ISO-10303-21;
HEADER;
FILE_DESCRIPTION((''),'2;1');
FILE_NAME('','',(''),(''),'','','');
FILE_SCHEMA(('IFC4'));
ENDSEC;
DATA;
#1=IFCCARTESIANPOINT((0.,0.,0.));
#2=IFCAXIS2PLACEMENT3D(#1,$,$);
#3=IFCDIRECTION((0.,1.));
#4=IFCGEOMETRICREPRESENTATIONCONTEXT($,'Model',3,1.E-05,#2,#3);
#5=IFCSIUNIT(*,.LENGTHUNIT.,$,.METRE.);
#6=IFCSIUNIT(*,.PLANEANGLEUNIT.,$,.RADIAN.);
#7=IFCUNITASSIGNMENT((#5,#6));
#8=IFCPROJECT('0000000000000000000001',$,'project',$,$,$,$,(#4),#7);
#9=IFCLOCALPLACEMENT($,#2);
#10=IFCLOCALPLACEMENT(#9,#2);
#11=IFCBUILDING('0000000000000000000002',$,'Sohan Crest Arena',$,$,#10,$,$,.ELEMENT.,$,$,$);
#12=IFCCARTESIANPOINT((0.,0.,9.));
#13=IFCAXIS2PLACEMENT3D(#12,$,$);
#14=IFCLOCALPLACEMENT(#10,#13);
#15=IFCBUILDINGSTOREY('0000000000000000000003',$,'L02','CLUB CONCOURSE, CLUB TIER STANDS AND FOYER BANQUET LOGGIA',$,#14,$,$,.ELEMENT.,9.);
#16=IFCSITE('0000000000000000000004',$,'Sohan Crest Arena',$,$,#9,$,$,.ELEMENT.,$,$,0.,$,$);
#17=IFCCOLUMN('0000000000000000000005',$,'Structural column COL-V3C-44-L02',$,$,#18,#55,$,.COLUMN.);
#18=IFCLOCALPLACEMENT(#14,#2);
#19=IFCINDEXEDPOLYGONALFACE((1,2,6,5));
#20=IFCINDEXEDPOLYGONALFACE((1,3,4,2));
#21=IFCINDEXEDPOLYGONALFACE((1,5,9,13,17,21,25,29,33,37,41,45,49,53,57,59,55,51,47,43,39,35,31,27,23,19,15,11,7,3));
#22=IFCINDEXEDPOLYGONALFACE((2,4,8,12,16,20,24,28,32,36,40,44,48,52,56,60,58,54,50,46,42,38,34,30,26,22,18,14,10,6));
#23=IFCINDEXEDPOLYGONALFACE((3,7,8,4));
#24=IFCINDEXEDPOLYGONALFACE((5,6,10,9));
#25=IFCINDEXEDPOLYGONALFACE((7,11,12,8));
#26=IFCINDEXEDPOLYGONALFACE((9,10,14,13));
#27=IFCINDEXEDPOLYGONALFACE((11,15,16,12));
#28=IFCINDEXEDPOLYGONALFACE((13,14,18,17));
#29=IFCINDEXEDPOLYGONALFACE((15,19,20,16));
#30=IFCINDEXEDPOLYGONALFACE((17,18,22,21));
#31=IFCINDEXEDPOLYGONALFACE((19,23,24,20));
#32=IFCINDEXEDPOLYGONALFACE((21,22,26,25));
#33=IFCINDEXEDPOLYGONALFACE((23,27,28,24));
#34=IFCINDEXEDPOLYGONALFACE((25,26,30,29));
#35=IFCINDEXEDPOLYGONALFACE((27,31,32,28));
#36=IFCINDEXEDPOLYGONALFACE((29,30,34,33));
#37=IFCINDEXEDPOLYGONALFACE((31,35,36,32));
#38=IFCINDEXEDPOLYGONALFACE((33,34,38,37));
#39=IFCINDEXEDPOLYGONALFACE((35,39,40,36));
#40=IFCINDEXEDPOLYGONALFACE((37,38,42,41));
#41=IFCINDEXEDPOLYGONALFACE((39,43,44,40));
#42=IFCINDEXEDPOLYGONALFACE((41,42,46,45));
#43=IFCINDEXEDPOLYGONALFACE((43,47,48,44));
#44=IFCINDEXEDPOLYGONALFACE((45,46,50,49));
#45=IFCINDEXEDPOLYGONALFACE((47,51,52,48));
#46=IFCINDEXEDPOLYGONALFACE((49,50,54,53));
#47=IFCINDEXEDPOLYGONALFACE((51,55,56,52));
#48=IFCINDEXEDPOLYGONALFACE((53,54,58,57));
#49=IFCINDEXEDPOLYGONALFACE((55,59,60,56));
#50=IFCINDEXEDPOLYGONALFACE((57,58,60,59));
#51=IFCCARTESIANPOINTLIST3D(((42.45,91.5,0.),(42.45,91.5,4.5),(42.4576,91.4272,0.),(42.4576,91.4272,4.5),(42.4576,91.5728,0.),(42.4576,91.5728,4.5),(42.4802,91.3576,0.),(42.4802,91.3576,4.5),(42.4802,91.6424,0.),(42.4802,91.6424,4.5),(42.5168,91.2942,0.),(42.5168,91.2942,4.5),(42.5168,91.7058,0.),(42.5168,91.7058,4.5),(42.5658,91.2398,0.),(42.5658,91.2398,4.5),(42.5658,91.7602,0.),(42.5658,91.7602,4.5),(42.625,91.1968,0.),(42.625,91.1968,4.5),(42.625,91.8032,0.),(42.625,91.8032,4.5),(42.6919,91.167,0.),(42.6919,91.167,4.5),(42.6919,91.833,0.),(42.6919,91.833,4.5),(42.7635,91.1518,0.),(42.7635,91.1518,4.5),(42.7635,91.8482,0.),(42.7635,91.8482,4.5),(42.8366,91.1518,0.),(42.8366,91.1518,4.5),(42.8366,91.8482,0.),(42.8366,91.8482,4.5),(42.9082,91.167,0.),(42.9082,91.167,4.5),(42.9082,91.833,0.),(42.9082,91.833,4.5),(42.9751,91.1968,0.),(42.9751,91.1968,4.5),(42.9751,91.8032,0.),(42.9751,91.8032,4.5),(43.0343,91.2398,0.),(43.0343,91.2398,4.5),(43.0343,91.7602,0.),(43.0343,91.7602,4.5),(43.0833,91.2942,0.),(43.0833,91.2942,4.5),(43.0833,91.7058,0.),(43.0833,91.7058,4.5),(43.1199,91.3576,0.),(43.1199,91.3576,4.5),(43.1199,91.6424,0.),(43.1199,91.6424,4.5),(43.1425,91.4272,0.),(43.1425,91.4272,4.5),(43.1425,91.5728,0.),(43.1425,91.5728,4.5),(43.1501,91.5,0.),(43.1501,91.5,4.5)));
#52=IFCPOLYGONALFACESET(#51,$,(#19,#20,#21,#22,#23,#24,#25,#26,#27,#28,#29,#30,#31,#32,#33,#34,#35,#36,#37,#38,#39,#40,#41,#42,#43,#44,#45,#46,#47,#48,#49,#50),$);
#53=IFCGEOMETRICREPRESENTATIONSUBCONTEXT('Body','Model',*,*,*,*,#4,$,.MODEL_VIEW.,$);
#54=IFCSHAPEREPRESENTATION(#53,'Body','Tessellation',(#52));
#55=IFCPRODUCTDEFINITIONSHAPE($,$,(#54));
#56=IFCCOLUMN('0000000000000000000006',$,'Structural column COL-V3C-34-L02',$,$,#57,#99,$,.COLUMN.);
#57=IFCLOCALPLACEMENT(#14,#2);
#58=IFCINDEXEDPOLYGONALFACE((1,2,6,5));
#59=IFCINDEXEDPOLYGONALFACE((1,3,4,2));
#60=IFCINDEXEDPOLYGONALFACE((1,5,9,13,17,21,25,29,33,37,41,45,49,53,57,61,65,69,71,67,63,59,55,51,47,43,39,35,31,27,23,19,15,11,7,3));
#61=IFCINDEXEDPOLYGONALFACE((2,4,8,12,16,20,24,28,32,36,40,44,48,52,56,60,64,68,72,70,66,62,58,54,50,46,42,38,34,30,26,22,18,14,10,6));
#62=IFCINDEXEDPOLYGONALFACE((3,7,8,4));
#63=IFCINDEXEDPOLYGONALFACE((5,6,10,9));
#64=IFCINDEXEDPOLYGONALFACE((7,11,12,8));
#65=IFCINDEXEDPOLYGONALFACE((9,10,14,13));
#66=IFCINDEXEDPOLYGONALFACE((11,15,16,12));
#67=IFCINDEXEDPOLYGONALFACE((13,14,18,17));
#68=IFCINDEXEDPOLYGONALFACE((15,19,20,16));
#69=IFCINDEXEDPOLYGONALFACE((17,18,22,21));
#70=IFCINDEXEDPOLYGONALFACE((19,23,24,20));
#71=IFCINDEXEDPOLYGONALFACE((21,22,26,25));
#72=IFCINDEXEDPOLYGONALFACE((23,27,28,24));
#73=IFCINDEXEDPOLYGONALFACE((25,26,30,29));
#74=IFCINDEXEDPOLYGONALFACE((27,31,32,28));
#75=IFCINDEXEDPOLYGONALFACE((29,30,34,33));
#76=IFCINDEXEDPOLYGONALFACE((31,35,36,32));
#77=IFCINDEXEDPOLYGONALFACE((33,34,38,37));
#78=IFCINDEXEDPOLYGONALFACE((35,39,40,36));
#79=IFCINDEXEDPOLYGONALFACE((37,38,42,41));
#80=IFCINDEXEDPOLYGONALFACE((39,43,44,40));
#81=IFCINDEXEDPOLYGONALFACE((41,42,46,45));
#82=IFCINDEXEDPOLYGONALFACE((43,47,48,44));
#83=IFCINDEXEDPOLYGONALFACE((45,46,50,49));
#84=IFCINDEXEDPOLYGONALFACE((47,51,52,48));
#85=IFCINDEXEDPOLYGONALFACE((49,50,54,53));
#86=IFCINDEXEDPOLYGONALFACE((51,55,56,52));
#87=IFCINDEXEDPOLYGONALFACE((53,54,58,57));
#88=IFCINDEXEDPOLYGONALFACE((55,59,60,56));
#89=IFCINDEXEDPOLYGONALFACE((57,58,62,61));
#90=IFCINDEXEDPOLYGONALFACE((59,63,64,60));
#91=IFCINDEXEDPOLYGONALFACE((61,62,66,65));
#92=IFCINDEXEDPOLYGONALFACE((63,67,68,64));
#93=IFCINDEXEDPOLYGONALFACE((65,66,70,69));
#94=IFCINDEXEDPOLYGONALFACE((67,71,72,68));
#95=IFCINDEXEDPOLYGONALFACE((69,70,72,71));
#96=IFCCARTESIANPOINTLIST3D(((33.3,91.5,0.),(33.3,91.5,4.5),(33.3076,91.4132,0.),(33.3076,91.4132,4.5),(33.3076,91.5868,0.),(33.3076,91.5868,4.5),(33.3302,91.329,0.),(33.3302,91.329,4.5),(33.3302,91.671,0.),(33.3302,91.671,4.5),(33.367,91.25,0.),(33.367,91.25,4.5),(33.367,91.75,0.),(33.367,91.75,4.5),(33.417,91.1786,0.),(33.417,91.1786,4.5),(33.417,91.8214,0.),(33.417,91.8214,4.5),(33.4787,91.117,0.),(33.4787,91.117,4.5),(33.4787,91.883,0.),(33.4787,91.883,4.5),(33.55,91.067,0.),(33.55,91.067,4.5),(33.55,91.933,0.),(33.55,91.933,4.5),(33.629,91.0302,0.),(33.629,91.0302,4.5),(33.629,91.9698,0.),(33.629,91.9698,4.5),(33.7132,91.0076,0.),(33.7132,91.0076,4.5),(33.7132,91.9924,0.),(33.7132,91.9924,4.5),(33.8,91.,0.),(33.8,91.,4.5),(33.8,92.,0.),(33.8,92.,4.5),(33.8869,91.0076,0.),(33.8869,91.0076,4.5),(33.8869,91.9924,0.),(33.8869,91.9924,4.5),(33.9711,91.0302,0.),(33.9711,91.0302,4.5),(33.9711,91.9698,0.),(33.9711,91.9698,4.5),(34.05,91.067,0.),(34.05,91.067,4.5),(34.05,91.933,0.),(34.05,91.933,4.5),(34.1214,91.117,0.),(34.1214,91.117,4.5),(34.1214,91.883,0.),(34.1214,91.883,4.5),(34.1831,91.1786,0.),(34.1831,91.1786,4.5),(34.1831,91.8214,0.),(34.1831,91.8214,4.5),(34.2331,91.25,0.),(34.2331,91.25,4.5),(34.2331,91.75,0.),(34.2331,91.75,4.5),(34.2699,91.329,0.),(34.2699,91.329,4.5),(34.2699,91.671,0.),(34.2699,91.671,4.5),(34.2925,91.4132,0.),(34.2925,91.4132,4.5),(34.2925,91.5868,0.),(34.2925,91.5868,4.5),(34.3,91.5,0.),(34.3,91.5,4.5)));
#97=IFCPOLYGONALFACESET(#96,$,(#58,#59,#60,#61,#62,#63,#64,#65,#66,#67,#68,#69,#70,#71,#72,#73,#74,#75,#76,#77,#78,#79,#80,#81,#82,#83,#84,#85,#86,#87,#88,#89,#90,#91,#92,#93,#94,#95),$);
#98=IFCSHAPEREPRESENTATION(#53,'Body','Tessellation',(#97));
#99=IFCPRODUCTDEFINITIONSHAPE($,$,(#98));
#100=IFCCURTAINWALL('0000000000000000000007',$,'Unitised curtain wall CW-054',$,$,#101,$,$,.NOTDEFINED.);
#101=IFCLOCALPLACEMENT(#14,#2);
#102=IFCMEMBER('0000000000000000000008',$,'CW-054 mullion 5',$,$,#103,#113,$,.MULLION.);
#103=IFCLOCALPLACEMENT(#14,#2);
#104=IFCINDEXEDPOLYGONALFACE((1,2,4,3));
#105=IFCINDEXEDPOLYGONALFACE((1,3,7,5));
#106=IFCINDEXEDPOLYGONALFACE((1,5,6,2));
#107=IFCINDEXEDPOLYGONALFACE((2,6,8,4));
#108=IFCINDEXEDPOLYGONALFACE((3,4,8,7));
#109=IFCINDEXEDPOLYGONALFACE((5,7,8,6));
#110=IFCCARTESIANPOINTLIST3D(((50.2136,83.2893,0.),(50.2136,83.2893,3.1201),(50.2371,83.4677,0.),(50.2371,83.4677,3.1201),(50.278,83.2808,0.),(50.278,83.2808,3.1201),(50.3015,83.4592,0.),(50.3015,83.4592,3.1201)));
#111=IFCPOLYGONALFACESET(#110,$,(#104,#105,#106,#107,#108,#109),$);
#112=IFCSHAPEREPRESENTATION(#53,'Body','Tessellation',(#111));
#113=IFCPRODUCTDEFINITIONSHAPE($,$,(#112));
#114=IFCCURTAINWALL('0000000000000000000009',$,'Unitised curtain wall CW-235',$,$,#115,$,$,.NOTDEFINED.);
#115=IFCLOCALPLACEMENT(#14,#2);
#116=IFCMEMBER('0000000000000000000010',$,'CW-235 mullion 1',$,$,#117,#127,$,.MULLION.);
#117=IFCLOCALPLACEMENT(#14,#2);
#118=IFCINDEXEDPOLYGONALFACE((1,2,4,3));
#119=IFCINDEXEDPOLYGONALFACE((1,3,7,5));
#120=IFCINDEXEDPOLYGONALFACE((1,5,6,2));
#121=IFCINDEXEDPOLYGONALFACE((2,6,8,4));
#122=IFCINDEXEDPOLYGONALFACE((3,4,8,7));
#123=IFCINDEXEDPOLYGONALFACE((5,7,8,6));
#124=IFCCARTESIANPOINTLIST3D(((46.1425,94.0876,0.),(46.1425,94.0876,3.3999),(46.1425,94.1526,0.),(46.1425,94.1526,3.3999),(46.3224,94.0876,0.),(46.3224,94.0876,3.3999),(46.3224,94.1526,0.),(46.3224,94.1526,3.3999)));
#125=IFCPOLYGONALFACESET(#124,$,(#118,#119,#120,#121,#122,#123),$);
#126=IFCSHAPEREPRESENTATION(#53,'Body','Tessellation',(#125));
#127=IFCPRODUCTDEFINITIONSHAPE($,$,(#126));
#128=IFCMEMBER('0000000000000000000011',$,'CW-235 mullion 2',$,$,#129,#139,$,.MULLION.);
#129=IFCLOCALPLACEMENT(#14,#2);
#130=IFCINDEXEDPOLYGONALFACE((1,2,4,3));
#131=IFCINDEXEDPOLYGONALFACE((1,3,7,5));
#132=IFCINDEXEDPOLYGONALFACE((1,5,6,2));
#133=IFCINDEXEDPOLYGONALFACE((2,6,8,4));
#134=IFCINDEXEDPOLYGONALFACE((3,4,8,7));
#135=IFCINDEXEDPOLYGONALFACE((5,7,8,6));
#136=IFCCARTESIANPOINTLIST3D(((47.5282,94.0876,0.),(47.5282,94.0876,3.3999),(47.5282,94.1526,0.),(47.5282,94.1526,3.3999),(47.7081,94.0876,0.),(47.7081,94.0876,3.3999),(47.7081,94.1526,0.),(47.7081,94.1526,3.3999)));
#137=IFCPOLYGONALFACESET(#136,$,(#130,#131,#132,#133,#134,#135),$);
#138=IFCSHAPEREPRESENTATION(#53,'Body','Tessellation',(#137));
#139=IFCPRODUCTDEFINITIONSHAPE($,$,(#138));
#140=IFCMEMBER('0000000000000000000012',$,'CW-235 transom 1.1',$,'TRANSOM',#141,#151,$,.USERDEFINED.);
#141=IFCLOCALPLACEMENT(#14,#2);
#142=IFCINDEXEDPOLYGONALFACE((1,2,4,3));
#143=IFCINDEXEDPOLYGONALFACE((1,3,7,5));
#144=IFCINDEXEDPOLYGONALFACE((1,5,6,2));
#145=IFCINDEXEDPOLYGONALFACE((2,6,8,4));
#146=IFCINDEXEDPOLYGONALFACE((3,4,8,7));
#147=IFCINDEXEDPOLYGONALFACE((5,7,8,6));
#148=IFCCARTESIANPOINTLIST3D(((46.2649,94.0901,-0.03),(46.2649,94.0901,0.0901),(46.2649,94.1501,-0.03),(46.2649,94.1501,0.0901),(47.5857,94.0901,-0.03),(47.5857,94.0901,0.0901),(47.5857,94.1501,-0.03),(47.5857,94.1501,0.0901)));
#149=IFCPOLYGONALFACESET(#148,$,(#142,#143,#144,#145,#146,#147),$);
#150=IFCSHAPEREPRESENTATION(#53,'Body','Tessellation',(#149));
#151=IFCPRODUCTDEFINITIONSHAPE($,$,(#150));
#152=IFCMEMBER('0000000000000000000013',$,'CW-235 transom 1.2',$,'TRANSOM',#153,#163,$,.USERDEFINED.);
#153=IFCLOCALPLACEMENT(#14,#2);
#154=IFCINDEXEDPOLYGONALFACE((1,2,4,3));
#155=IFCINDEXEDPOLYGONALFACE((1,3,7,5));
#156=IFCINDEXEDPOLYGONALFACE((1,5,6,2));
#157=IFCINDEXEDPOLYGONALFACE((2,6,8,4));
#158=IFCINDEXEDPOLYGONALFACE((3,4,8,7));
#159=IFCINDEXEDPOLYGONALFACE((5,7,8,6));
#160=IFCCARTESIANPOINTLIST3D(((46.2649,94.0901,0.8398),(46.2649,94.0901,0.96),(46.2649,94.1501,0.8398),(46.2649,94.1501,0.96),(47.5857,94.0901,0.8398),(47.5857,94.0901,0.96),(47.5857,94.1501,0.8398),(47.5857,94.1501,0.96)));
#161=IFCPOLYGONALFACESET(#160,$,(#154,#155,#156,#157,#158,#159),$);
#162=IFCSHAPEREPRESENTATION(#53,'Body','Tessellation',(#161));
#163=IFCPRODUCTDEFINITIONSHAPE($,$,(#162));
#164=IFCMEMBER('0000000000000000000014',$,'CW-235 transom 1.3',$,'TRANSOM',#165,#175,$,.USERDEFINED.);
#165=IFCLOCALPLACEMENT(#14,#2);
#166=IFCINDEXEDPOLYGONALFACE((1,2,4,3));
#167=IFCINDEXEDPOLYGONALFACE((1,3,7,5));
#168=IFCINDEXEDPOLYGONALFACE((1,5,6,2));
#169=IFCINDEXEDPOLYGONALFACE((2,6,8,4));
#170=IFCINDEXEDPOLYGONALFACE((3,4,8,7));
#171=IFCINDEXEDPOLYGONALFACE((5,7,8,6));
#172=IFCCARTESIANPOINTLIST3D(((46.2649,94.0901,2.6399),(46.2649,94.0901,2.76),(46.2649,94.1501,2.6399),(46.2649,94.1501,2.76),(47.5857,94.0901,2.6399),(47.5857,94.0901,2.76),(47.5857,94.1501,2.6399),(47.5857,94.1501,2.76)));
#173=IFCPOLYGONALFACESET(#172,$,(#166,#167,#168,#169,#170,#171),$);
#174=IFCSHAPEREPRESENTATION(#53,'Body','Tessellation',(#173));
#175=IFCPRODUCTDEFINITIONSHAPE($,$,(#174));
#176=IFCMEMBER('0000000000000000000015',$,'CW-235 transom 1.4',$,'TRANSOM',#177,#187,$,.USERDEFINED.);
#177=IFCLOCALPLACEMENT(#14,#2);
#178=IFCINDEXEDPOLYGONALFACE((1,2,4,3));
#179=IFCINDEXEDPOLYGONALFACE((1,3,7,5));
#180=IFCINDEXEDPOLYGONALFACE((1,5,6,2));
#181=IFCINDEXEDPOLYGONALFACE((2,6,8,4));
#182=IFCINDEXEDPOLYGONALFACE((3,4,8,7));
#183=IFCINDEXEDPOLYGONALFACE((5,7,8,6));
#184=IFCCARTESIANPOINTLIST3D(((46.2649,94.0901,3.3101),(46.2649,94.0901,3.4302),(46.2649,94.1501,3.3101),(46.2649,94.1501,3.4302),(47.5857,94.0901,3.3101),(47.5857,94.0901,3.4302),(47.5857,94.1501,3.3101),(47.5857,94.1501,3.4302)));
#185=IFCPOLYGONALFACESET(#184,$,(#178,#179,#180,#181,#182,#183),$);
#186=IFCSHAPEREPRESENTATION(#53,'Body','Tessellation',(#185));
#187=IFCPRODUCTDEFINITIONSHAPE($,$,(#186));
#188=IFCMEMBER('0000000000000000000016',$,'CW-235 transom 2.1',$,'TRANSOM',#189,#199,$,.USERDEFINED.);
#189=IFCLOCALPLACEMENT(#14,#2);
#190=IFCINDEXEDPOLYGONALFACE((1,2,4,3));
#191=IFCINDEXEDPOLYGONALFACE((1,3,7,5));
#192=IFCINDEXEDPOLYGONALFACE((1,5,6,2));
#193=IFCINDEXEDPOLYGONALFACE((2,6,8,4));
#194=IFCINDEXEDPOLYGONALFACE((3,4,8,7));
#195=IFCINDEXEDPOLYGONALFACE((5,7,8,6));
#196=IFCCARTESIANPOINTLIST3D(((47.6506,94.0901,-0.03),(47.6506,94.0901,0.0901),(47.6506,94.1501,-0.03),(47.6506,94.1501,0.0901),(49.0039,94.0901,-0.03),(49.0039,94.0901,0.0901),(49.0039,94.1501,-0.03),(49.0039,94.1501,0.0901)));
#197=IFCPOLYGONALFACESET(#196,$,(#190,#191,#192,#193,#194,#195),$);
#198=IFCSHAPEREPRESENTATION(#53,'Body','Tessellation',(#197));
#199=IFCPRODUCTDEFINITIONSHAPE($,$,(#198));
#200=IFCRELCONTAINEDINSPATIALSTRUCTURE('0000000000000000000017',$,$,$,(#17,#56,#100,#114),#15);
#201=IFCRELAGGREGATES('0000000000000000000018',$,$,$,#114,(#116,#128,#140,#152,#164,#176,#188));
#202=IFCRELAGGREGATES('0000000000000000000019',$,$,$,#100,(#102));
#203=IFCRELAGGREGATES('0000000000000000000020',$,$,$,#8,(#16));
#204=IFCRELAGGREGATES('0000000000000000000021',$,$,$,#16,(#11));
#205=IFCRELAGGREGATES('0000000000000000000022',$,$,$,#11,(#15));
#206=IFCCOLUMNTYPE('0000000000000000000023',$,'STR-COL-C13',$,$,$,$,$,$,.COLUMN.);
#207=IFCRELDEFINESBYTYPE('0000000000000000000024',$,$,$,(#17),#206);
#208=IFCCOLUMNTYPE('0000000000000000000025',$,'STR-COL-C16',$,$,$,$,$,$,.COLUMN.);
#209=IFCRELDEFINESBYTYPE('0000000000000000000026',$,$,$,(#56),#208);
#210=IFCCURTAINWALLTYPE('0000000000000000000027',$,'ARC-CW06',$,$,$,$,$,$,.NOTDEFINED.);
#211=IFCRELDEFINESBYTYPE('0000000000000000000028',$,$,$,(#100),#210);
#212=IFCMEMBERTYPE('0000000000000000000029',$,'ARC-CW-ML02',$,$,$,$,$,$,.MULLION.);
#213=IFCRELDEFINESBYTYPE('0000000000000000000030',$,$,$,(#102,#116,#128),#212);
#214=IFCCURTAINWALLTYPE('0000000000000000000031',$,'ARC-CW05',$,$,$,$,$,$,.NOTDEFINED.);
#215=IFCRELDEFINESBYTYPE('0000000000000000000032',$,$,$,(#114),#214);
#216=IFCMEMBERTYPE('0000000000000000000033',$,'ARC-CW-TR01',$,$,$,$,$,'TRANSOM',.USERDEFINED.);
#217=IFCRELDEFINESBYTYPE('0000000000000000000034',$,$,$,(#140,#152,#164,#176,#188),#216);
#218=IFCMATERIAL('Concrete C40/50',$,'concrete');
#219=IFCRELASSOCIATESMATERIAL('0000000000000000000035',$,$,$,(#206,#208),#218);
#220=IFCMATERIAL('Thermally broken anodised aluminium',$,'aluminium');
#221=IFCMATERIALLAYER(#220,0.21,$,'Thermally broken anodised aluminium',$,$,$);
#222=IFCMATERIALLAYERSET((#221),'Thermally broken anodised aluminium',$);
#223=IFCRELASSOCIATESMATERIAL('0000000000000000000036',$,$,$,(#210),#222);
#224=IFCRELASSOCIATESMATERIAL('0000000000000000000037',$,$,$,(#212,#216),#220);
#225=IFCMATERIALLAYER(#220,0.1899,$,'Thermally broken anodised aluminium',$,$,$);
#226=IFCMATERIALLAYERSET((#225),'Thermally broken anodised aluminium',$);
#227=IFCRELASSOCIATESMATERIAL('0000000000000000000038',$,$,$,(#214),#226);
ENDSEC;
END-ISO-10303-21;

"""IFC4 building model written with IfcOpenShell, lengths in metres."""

from ifc_helpers import new_model, si_unit, direction, frame, origin, origin_2d, place, context, subcontext, project, spatial, rectangle, circle, extrude, material, layer, layer_set, material_profile, profile_set, type_object, element, aggregate, save


model = new_model("IFC4")

# Units and contexts
model_context = context("Model", 3, precision=1e-05, world=origin(), true_north=direction((0.0, 1.0)))
body_context = subcontext(model_context, "Body", "Model", "MODEL_VIEW")
ifc_project = project(units=[si_unit("LENGTHUNIT", "METRE"), si_unit("PLANEANGLEUNIT", "RADIAN")], contexts=[model_context])

# Site, building, storey
site_placement = place(None, origin())
site = spatial("IfcSite", under=ifc_project, at=site_placement, Name="Sohan Crest Arena", CompositionType="ELEMENT", RefElevation=0.0)
building_placement = place(site_placement, origin())
building = spatial("IfcBuilding", under=site, at=building_placement, Name="Sohan Crest Arena", CompositionType="ELEMENT")
storey_placement = place(building_placement, frame((0.0, 0.0, 9.0)))
storey = spatial("IfcBuildingStorey", under=building, at=storey_placement, Name="L02", Description="CLUB CONCOURSE, CLUB TIER STANDS AND FOYER BANQUET LOGGIA", CompositionType="ELEMENT", Elevation=9.0)

# Columns
ifc_material_1 = material(Name="Concrete C40/50", Category="concrete")
ifc_material_profile_1 = material_profile(ifc_material_1, circle(Radius=0.3501, at=origin_2d()), Name="RC D700")
ifc_profile_set_1 = profile_set([ifc_material_profile_1], Name="Concrete C40/50")
column_type_1 = type_object("IfcColumnType", Name="STR-COL-C13", PredefinedType="COLUMN", material=ifc_profile_set_1)
column_1_placement = place(storey_placement, frame((42.8, 91.5, 0.0), z_axis=(0.0, 0.0, 1.0), x_axis=(1.0, 0.0, 0.0)))
element("IfcColumn", 1, at=column_1_placement, inside=storey, type_object=column_type_1, Name="Structural column COL-V3C-44-L02", PredefinedType="COLUMN", context=body_context, shape_type="SweptSolid", body=[
    extrude(circle(Radius=0.3501, at=origin_2d()), origin(), (0.0, 0.0, 1.0), 4.5),
])
ifc_material_profile_2 = material_profile(ifc_material_1, circle(Radius=0.5, at=origin_2d()), Name="RC D1000")
ifc_profile_set_2 = profile_set([ifc_material_profile_2], Name="Concrete C40/50")
column_type_2 = type_object("IfcColumnType", Name="STR-COL-C16", PredefinedType="COLUMN", material=ifc_profile_set_2)
column_2_placement = place(storey_placement, frame((33.8, 91.5, 0.0), z_axis=(0.0, 0.0, 1.0), x_axis=(1.0, 0.0, 0.0)))
element("IfcColumn", 2, at=column_2_placement, inside=storey, type_object=column_type_2, Name="Structural column COL-V3C-34-L02", PredefinedType="COLUMN", context=body_context, shape_type="SweptSolid", body=[
    extrude(circle(Radius=0.5, at=origin_2d()), origin(), (0.0, 0.0, 1.0), 4.5),
])

# Curtain wall, member
ifc_material_2 = material(Name="Thermally broken anodised aluminium", Category="aluminium")
ifc_layer_1 = layer(ifc_material_2, 0.21, Name="Thermally broken anodised aluminium")
ifc_layer_set_1 = layer_set([ifc_layer_1], Name="Thermally broken anodised aluminium")
curtain_wall_type_1 = type_object("IfcCurtainWallType", Name="ARC-CW06", PredefinedType="NOTDEFINED", material=ifc_layer_set_1)
curtain_wall_1_placement = place(storey_placement, origin())
curtain_wall_1 = element("IfcCurtainWall", 3, at=curtain_wall_1_placement, inside=storey, type_object=curtain_wall_type_1, Name="Unitised curtain wall CW-054", PredefinedType="NOTDEFINED")
ifc_material_profile_3 = material_profile(ifc_material_2, rectangle(XDim=0.0649, YDim=0.1799, at=origin_2d()), Name="ALU-MULL 65x180")
ifc_profile_set_3 = profile_set([ifc_material_profile_3], Name="Thermally broken anodised aluminium")
member_type_1 = type_object("IfcMemberType", Name="ARC-CW-ML02", PredefinedType="MULLION", material=ifc_profile_set_3)
member_1_placement = place(storey_placement, frame((50.2576, 83.3743, 0.0), z_axis=(0.0, 0.0, 1.0), x_axis=(0.991444, -0.130532, 0.0)))
member_1 = element("IfcMember", 4, at=member_1_placement, type_object=member_type_1, Name="CW-054 mullion 5", PredefinedType="MULLION", context=body_context, shape_type="SweptSolid", body=[
    extrude(rectangle(XDim=0.0649, YDim=0.1799, at=origin_2d()), origin(), (0.0, 0.0, 1.0), 3.1201),
])

# Curtain wall, members
ifc_layer_2 = layer(ifc_material_2, 0.1899, Name="Thermally broken anodised aluminium")
ifc_layer_set_2 = layer_set([ifc_layer_2], Name="Thermally broken anodised aluminium")
curtain_wall_type_2 = type_object("IfcCurtainWallType", Name="ARC-CW05", PredefinedType="NOTDEFINED", material=ifc_layer_set_2)
curtain_wall_2_placement = place(storey_placement, origin())
curtain_wall_2 = element("IfcCurtainWall", 5, at=curtain_wall_2_placement, inside=storey, type_object=curtain_wall_type_2, Name="Unitised curtain wall CW-235", PredefinedType="NOTDEFINED")
member_2_placement = place(storey_placement, frame((46.2324, 94.1201, 0.0), z_axis=(0.0, 0.0, 1.0), x_axis=(0.0, 1.0, 0.0)))
member_2 = element("IfcMember", 6, at=member_2_placement, type_object=member_type_1, Name="CW-235 mullion 1", PredefinedType="MULLION", context=body_context, shape_type="SweptSolid", body=[
    extrude(rectangle(XDim=0.0649, YDim=0.1799, at=origin_2d()), origin(), (0.0, 0.0, 1.0), 3.3999),
])
member_3_placement = place(storey_placement, frame((47.6182, 94.1201, 0.0), z_axis=(0.0, 0.0, 1.0), x_axis=(0.0, 1.0, 0.0)))
member_3 = element("IfcMember", 7, at=member_3_placement, type_object=member_type_1, Name="CW-235 mullion 2", PredefinedType="MULLION", context=body_context, shape_type="SweptSolid", body=[
    extrude(rectangle(XDim=0.0649, YDim=0.1799, at=origin_2d()), origin(), (0.0, 0.0, 1.0), 3.3999),
])
ifc_material_profile_4 = material_profile(ifc_material_2, rectangle(XDim=0.0601, YDim=0.1201, at=origin_2d()), Name="ALU-TRAN 60x120")
ifc_profile_set_4 = profile_set([ifc_material_profile_4], Name="Thermally broken anodised aluminium")
member_type_2 = type_object("IfcMemberType", Name="ARC-CW-TR01", ElementType="TRANSOM", PredefinedType="USERDEFINED", material=ifc_profile_set_4)
member_4_placement = place(storey_placement, frame((46.2649, 94.1201, 0.03), z_axis=(1.0, 0.0, 0.0), x_axis=(0.0, 1.0, 0.0)))
member_4 = element("IfcMember", 8, at=member_4_placement, type_object=member_type_2, Name="CW-235 transom 1.1", ObjectType="TRANSOM", PredefinedType="USERDEFINED", context=body_context, shape_type="SweptSolid", body=[
    extrude(rectangle(XDim=0.0601, YDim=0.1201, at=origin_2d()), origin(), (0.0, 0.0, 1.0), 1.3208),
])
member_5_placement = place(storey_placement, frame((46.2649, 94.1201, 0.8999), z_axis=(1.0, 0.0, 0.0), x_axis=(0.0, 1.0, 0.0)))
member_5 = element("IfcMember", 9, at=member_5_placement, type_object=member_type_2, Name="CW-235 transom 1.2", ObjectType="TRANSOM", PredefinedType="USERDEFINED", context=body_context, shape_type="SweptSolid", body=[
    extrude(rectangle(XDim=0.0601, YDim=0.1201, at=origin_2d()), origin(), (0.0, 0.0, 1.0), 1.3208),
])
member_6_placement = place(storey_placement, frame((46.2649, 94.1201, 2.7), z_axis=(1.0, 0.0, 0.0), x_axis=(0.0, 1.0, 0.0)))
member_6 = element("IfcMember", 10, at=member_6_placement, type_object=member_type_2, Name="CW-235 transom 1.3", ObjectType="TRANSOM", PredefinedType="USERDEFINED", context=body_context, shape_type="SweptSolid", body=[
    extrude(rectangle(XDim=0.0601, YDim=0.1201, at=origin_2d()), origin(), (0.0, 0.0, 1.0), 1.3208),
])
member_7_placement = place(storey_placement, frame((46.2649, 94.1201, 3.3701), z_axis=(1.0, 0.0, 0.0), x_axis=(0.0, 1.0, 0.0)))
member_7 = element("IfcMember", 11, at=member_7_placement, type_object=member_type_2, Name="CW-235 transom 1.4", ObjectType="TRANSOM", PredefinedType="USERDEFINED", context=body_context, shape_type="SweptSolid", body=[
    extrude(rectangle(XDim=0.0601, YDim=0.1201, at=origin_2d()), origin(), (0.0, 0.0, 1.0), 1.3208),
])
member_8_placement = place(storey_placement, frame((47.6506, 94.1201, 0.03), z_axis=(1.0, 0.0, 0.0), x_axis=(0.0, 1.0, 0.0)))
member_8 = element("IfcMember", 12, at=member_8_placement, type_object=member_type_2, Name="CW-235 transom 2.1", ObjectType="TRANSOM", PredefinedType="USERDEFINED", context=body_context, shape_type="SweptSolid", body=[
    extrude(rectangle(XDim=0.0601, YDim=0.1201, at=origin_2d()), origin(), (0.0, 0.0, 1.0), 1.3533),
])

aggregate(curtain_wall_2, [member_2, member_3, member_4, member_5, member_6, member_7, member_8])
aggregate(curtain_wall_1, [member_1])

save(model, "model.ifc")
